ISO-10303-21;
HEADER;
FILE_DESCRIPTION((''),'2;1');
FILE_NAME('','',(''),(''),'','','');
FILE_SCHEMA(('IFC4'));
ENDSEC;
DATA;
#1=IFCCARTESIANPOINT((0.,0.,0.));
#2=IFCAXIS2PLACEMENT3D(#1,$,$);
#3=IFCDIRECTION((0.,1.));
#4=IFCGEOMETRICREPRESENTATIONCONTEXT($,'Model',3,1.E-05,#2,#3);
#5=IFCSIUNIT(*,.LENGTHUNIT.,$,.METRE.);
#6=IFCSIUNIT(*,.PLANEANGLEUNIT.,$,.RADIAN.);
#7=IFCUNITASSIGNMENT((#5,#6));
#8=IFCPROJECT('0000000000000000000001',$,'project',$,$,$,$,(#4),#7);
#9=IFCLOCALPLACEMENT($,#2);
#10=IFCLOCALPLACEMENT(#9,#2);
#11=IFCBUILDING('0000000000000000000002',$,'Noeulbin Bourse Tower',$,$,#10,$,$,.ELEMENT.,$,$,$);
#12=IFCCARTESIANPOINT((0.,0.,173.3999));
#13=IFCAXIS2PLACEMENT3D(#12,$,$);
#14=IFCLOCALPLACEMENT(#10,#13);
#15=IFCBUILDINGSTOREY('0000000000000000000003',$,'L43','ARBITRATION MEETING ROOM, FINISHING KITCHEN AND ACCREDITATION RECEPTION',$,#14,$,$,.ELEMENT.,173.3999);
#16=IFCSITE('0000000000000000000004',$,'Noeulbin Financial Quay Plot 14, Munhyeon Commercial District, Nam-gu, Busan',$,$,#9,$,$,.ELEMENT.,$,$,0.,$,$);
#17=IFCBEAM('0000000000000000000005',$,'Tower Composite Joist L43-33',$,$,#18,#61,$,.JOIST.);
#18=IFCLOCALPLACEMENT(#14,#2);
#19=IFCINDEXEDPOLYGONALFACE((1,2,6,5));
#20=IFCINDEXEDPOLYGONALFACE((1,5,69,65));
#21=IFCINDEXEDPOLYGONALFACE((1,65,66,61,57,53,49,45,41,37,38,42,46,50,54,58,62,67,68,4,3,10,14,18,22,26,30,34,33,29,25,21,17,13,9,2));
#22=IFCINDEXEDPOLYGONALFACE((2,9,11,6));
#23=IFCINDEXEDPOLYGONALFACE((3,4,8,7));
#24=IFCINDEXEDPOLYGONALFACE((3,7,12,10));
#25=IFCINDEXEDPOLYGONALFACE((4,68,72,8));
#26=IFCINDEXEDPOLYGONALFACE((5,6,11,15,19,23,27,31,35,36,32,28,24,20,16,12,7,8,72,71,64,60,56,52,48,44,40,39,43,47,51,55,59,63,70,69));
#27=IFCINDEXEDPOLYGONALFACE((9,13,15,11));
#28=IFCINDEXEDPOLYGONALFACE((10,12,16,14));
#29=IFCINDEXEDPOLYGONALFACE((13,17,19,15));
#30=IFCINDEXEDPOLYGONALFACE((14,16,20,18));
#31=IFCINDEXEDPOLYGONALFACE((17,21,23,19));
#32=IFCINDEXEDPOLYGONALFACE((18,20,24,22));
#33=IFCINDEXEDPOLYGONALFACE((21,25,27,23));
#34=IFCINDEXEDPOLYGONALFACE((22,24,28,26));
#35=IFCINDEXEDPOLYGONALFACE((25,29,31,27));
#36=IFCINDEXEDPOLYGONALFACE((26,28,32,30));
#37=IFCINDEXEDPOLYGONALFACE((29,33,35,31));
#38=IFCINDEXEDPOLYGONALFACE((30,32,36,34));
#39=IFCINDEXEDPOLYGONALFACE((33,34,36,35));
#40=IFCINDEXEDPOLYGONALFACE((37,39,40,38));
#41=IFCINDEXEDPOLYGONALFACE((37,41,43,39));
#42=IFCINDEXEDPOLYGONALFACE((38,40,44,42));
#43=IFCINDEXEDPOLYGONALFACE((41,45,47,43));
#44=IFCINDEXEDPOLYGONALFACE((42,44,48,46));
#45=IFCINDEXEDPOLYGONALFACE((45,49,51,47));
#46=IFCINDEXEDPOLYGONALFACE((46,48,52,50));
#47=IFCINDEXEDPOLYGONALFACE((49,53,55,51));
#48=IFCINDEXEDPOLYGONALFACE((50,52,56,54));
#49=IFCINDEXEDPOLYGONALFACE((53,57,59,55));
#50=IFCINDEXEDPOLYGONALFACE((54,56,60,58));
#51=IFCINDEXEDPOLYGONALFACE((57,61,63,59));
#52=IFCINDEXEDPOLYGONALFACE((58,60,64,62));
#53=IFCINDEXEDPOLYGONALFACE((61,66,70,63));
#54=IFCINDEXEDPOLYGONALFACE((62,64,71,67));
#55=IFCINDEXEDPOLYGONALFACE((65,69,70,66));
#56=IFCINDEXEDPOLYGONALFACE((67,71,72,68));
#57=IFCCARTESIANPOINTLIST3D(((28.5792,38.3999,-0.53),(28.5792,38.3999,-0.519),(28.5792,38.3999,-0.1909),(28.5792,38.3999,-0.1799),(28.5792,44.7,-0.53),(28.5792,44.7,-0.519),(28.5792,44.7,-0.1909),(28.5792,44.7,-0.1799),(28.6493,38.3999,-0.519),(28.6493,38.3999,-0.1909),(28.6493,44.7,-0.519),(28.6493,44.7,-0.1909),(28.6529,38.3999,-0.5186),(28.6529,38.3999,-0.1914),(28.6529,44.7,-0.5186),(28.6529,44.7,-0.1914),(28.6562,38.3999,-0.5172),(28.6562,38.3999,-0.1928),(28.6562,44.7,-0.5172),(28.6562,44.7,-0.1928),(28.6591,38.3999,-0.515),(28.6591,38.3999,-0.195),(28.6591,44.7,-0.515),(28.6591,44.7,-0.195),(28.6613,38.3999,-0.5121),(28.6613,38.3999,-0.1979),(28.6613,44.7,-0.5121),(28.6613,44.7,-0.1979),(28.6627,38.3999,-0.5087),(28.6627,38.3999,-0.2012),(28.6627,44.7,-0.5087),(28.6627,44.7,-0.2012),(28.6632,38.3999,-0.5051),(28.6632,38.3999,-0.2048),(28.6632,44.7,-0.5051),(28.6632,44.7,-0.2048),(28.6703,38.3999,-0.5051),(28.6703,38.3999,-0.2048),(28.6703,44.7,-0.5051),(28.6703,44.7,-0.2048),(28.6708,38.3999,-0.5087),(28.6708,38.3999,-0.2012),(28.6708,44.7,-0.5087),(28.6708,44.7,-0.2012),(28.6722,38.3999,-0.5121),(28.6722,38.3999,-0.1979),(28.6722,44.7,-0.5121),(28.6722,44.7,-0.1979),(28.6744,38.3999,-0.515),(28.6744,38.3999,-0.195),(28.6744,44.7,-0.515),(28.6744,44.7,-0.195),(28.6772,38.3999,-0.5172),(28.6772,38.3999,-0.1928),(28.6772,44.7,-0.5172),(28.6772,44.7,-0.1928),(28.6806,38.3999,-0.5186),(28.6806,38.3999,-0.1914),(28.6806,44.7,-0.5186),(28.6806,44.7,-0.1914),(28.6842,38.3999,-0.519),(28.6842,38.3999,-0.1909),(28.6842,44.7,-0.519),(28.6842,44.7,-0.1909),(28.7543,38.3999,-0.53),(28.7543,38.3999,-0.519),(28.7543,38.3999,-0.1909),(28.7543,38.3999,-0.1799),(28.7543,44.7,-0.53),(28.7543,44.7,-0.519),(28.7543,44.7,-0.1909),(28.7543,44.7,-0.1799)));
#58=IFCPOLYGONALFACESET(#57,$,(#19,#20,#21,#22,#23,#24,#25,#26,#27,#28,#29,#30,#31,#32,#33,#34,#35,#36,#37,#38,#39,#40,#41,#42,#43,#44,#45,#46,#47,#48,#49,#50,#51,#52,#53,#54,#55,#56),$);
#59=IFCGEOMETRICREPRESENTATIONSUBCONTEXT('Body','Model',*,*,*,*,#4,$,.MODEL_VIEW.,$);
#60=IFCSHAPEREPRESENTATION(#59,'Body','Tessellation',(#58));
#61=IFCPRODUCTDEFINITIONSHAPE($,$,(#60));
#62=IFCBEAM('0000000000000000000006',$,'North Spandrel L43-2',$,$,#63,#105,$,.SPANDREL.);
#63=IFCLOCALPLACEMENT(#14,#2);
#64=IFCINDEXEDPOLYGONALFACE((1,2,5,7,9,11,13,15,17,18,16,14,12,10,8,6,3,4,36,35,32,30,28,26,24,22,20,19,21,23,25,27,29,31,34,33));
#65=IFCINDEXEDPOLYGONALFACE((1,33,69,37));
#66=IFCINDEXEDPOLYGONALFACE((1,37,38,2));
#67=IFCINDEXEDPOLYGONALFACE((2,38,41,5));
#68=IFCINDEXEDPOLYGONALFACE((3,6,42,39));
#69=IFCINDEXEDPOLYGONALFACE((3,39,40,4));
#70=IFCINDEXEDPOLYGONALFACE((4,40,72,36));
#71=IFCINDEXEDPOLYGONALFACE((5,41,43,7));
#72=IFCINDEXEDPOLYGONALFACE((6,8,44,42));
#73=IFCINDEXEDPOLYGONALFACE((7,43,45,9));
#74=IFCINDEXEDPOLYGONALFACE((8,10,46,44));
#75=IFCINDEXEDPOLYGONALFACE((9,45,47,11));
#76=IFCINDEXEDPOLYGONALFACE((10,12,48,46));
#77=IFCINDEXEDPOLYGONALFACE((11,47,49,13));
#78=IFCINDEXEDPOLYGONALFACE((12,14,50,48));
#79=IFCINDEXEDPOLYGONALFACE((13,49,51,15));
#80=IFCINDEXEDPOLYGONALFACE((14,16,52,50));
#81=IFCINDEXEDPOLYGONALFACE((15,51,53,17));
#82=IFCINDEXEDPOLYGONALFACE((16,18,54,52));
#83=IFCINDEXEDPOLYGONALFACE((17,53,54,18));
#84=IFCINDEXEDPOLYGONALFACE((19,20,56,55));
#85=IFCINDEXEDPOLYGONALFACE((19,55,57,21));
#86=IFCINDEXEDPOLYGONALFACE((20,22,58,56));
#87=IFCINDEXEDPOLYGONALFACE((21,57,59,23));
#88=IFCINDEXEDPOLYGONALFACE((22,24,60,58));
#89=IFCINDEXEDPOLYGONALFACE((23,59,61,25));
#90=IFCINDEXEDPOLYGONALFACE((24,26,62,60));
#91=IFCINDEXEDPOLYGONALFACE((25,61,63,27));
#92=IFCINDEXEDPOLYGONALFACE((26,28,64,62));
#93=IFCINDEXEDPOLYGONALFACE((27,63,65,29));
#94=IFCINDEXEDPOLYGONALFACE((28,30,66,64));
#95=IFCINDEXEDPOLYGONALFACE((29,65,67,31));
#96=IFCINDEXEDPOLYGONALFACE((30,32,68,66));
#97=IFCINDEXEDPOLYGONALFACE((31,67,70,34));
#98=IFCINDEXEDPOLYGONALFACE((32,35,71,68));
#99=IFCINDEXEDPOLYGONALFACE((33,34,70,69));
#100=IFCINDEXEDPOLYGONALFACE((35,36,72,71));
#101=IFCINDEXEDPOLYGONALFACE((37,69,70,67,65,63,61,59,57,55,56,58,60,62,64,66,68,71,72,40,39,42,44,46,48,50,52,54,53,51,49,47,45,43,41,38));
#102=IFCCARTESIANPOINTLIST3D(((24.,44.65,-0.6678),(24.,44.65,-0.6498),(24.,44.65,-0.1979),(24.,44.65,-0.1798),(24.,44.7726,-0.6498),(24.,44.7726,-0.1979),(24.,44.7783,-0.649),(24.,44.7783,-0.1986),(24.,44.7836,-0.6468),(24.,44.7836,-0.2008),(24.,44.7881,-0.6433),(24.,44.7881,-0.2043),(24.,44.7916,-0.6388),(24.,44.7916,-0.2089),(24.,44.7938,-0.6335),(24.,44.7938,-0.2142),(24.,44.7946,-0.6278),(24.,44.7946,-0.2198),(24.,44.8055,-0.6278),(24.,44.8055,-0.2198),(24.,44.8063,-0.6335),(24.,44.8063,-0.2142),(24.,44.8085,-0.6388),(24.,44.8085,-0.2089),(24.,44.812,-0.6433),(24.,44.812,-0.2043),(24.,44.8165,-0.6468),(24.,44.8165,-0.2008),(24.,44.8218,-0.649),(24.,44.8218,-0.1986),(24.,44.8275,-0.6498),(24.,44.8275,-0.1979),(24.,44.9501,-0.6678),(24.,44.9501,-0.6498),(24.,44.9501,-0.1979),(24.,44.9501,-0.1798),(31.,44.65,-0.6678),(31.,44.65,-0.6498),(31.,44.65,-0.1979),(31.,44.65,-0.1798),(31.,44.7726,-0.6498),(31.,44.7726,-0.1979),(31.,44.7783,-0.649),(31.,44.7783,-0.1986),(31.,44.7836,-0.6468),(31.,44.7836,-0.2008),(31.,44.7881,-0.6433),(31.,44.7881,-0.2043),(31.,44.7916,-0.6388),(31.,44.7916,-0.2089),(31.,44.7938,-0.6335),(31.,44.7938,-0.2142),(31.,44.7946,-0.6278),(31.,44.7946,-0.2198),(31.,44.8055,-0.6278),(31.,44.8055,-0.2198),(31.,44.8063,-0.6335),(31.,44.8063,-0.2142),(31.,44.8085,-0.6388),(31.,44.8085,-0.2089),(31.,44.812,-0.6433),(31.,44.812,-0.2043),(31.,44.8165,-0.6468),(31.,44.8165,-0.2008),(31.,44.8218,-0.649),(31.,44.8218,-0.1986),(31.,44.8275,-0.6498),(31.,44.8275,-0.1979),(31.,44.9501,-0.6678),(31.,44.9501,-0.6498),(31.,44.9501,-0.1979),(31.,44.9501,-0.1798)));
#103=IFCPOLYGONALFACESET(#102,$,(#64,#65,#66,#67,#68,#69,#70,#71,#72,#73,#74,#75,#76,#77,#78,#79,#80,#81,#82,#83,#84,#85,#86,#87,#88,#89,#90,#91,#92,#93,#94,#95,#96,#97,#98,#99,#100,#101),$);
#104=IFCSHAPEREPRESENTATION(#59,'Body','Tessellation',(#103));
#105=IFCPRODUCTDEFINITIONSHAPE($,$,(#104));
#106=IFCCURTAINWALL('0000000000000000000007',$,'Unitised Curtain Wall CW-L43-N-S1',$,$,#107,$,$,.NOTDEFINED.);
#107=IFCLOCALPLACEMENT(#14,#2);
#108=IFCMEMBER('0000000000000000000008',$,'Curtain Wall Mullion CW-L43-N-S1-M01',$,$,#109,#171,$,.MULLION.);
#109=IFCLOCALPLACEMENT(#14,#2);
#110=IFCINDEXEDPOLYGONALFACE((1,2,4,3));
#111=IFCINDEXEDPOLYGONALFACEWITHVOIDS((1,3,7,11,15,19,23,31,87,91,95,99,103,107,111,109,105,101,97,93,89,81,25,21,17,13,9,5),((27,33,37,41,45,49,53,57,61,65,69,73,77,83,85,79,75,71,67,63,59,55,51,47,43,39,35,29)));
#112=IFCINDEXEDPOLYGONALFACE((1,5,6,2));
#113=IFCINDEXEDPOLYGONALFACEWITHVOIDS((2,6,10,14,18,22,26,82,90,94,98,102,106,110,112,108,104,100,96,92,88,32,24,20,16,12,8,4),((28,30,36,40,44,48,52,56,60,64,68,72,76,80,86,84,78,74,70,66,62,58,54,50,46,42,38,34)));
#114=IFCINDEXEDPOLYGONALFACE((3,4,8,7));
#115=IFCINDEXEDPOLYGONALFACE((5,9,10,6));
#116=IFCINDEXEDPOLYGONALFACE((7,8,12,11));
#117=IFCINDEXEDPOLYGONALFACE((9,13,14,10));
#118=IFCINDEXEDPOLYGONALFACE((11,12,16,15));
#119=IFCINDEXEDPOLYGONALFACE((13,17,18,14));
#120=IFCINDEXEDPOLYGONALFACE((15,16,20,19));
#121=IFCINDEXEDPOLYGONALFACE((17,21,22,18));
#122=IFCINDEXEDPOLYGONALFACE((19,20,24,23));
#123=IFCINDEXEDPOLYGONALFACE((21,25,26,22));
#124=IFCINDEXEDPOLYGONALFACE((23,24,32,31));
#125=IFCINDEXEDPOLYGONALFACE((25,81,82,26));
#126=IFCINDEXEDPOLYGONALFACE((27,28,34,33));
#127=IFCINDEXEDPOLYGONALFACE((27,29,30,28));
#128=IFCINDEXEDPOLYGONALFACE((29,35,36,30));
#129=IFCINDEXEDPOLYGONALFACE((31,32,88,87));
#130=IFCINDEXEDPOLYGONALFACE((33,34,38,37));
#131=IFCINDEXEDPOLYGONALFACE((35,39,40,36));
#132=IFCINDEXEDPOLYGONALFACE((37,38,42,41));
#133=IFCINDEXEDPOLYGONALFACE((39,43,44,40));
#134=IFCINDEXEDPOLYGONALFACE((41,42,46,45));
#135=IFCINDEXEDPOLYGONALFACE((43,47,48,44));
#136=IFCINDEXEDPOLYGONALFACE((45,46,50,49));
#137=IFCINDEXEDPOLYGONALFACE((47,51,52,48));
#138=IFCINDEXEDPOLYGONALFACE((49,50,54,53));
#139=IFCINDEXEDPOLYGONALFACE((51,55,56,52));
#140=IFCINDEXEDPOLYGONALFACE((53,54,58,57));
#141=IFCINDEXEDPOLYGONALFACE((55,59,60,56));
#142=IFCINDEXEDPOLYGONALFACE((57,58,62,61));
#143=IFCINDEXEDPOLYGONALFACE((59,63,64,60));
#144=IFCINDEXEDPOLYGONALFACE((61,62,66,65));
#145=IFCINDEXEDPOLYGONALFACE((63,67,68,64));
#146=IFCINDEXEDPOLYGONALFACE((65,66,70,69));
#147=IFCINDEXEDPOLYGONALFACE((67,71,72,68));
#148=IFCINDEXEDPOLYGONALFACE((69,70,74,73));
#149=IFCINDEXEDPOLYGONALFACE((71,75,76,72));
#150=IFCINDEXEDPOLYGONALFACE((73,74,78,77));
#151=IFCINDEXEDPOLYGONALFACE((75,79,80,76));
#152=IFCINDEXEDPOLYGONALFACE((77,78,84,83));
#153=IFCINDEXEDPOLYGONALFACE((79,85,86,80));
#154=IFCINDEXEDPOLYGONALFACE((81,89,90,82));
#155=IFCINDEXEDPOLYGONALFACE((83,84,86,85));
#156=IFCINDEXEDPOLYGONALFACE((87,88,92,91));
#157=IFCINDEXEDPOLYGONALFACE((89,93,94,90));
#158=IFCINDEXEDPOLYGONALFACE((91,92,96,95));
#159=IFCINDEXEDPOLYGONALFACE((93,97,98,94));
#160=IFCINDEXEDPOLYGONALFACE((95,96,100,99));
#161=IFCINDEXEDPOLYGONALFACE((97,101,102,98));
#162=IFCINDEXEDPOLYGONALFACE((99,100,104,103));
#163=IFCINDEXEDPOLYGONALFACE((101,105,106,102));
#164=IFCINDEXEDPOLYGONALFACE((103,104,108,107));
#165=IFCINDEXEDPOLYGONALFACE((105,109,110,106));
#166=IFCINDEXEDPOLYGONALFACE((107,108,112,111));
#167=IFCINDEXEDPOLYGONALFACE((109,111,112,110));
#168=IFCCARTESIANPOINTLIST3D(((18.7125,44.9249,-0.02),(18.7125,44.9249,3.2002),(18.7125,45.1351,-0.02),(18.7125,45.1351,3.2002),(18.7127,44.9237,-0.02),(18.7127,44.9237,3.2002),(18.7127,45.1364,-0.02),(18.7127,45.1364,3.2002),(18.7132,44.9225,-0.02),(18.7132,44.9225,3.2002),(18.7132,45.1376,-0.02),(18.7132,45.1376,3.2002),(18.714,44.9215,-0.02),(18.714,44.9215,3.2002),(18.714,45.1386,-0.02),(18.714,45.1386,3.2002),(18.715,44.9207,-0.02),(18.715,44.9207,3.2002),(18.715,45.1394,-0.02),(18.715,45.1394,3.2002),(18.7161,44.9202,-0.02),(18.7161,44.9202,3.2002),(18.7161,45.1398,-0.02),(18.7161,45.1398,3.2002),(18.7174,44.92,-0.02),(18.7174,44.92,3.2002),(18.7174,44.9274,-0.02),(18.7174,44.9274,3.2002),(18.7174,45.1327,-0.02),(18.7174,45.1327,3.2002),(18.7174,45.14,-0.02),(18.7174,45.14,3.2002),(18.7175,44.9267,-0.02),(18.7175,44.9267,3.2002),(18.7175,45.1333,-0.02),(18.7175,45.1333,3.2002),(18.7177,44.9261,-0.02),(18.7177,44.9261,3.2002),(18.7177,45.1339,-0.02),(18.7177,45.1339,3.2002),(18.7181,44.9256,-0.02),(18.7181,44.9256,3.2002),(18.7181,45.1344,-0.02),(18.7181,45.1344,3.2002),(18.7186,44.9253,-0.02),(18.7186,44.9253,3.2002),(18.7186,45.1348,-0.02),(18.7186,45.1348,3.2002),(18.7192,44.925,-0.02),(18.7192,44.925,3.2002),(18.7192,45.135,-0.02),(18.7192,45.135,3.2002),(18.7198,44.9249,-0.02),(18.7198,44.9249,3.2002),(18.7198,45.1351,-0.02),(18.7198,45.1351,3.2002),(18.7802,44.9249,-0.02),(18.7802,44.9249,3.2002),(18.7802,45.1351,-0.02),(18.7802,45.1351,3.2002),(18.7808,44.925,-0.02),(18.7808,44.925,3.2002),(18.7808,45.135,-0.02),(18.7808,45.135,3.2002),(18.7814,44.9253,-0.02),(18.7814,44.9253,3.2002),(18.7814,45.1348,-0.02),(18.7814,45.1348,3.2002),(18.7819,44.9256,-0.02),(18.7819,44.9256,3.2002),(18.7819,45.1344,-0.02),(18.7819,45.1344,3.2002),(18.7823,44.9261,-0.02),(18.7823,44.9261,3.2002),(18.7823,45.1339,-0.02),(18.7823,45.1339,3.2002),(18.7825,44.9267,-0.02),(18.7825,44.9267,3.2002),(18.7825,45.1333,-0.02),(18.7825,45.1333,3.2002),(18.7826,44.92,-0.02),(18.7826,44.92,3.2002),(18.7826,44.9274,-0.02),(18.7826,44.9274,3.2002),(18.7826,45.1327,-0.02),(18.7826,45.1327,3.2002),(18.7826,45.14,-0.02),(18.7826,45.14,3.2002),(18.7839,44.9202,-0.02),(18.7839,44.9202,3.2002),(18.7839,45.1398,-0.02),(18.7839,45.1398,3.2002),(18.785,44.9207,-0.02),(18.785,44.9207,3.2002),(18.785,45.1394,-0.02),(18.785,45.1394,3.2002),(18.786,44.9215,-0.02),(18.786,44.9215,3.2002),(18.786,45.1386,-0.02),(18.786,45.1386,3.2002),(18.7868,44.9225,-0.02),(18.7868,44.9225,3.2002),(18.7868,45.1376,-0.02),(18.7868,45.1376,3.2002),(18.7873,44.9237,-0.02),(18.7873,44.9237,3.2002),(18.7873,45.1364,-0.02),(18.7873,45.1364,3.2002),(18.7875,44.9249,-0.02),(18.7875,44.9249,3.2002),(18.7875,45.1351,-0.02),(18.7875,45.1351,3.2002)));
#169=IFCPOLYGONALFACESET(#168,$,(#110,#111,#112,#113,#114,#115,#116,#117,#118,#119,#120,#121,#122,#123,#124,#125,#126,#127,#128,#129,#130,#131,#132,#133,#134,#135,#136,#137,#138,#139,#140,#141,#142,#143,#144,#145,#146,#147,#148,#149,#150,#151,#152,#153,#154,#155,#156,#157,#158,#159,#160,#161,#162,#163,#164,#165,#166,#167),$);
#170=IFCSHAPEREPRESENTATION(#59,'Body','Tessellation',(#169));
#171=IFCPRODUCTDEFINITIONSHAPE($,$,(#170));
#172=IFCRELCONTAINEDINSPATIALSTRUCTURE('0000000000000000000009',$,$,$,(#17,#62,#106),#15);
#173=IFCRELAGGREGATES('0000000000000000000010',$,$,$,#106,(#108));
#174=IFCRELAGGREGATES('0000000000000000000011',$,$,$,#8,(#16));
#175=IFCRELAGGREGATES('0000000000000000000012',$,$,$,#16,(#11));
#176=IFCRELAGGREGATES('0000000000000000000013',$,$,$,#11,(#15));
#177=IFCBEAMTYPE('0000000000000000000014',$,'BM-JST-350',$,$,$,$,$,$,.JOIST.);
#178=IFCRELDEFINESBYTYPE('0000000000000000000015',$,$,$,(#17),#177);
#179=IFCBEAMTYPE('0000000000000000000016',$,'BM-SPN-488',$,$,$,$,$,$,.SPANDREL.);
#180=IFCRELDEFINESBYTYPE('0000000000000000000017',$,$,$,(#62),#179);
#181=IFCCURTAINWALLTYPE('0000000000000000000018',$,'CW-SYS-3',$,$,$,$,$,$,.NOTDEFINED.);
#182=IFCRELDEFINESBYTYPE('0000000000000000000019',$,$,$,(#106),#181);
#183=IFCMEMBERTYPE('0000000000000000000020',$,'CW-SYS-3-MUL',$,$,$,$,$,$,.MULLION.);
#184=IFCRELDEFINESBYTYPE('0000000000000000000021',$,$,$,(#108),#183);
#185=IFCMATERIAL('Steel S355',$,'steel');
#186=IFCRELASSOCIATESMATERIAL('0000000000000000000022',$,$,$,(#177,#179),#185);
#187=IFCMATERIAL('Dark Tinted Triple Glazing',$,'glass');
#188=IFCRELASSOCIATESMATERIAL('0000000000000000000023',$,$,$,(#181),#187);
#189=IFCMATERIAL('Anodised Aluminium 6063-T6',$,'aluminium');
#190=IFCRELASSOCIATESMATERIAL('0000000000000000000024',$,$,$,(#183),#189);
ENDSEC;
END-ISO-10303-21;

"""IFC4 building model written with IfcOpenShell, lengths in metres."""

from ifc_helpers import new_model, si_unit, direction, frame, origin, origin_2d, place, context, subcontext, project, spatial, hollow_rectangle, i_section, extrude, material, material_profile, profile_set, type_object, element, aggregate, save


model = new_model("IFC4")

# Units and contexts
model_context = context("Model", 3, precision=1e-05, world=origin(), true_north=direction((0.0, 1.0)))
body_context = subcontext(model_context, "Body", "Model", "MODEL_VIEW")
ifc_project = project(units=[si_unit("LENGTHUNIT", "METRE"), si_unit("PLANEANGLEUNIT", "RADIAN")], contexts=[model_context])

# Site, building, storey
site_placement = place(None, origin())
site = spatial("IfcSite", under=ifc_project, at=site_placement, Name="Noeulbin Financial Quay Plot 14, Munhyeon Commercial District, Nam-gu, Busan", CompositionType="ELEMENT", RefElevation=0.0)
building_placement = place(site_placement, origin())
building = spatial("IfcBuilding", under=site, at=building_placement, Name="Noeulbin Bourse Tower", CompositionType="ELEMENT")
storey_placement = place(building_placement, frame((0.0, 0.0, 173.3999)))
storey = spatial("IfcBuildingStorey", under=building, at=storey_placement, Name="L43", Description="ARBITRATION MEETING ROOM, FINISHING KITCHEN AND ACCREDITATION RECEPTION", CompositionType="ELEMENT", Elevation=173.3999)

# Shared definitions
ifc_material_1 = material(Name="Steel S355", Category="steel")

# Beams
ifc_material_profile_1 = material_profile(ifc_material_1, i_section(OverallWidth=0.175, OverallDepth=0.3501, WebThickness=0.0071, FlangeThickness=0.011, FilletRadius=0.0139, at=origin_2d()), Name="H-350x175x7x11", Category="LoadBearing")
ifc_profile_set_1 = profile_set([ifc_material_profile_1], Name="Steel S355")
beam_type_1 = type_object("IfcBeamType", Name="BM-JST-350", PredefinedType="JOIST", material=ifc_profile_set_1)
for number, where, z_axis, x_axis, name in (
    (1, (28.6667, 38.3999, -0.355), (0.0, 1.0, 0.0), (-1.0, 0.0, 0.0), "Tower Composite Joist L43-33"),
):
    element("IfcBeam", number, at=place(storey_placement, frame(where, z_axis=z_axis, x_axis=x_axis)), inside=storey, type_object=beam_type_1, Name=name, PredefinedType="JOIST", context=body_context, shape_type="SweptSolid", body=[
        extrude(i_section(OverallWidth=0.175, OverallDepth=0.3501, WebThickness=0.0071, FlangeThickness=0.011, FilletRadius=0.0139, at=origin_2d()), origin(), (0.0, 0.0, 1.0), 6.3),
    ])
ifc_material_profile_2 = material_profile(ifc_material_1, i_section(OverallWidth=0.3, OverallDepth=0.488, WebThickness=0.011, FlangeThickness=0.0181, FilletRadius=0.022, at=origin_2d()), Name="H-488x300x11x18", Category="LoadBearing")
ifc_profile_set_2 = profile_set([ifc_material_profile_2], Name="Steel S355")
beam_type_2 = type_object("IfcBeamType", Name="BM-SPN-488", PredefinedType="SPANDREL", material=ifc_profile_set_2)
beam_placement = place(storey_placement, frame((24.0, 44.8, -0.4238), z_axis=(1.0, 0.0, 0.0), x_axis=(0.0, 1.0, 0.0)))
element("IfcBeam", 2, at=beam_placement, inside=storey, type_object=beam_type_2, Name="North Spandrel L43-2", PredefinedType="SPANDREL", context=body_context, shape_type="SweptSolid", body=[
    extrude(i_section(OverallWidth=0.3, OverallDepth=0.488, WebThickness=0.011, FlangeThickness=0.0181, FilletRadius=0.022, at=origin_2d()), origin(), (0.0, 0.0, 1.0), 7.0),
])

# Curtain wall, member
ifc_material_2 = material(Name="Dark Tinted Triple Glazing", Category="glass")
curtain_wall_type = type_object("IfcCurtainWallType", Name="CW-SYS-3", PredefinedType="NOTDEFINED", material=ifc_material_2)
curtain_wall_1_placement = place(storey_placement, origin())
curtain_wall_1 = element("IfcCurtainWall", 3, at=curtain_wall_1_placement, inside=storey, type_object=curtain_wall_type, Name="Unitised Curtain Wall CW-L43-N-S1", PredefinedType="NOTDEFINED")
ifc_material_3 = material(Name="Anodised Aluminium 6063-T6", Category="aluminium")
ifc_material_profile_3 = material_profile(ifc_material_3, hollow_rectangle(XDim=0.075, YDim=0.22, WallThickness=0.0049, InnerFilletRadius=0.0024, OuterFilletRadius=0.0049, at=origin_2d()), Name="ALU-MULL-75x220x5", Category="LoadBearing")
ifc_profile_set_3 = profile_set([ifc_material_profile_3], Name="Anodised Aluminium 6063-T6")
member_type_1 = type_object("IfcMemberType", Name="CW-SYS-3-MUL", PredefinedType="MULLION", material=ifc_profile_set_3)
member_1_placement = place(storey_placement, frame((18.75, 45.03, -0.02), z_axis=(0.0, 0.0, 1.0), x_axis=(1.0, 0.0, 0.0)))
member_1 = element("IfcMember", 4, at=member_1_placement, type_object=member_type_1, Name="Curtain Wall Mullion CW-L43-N-S1-M01", PredefinedType="MULLION", context=body_context, shape_type="SweptSolid", body=[
    extrude(hollow_rectangle(XDim=0.075, YDim=0.22, WallThickness=0.0049, InnerFilletRadius=0.0024, OuterFilletRadius=0.0049, at=origin_2d()), origin(), (0.0, 0.0, 1.0), 3.2202),
])

aggregate(curtain_wall_1, [member_1])

save(model, "model.ifc")
